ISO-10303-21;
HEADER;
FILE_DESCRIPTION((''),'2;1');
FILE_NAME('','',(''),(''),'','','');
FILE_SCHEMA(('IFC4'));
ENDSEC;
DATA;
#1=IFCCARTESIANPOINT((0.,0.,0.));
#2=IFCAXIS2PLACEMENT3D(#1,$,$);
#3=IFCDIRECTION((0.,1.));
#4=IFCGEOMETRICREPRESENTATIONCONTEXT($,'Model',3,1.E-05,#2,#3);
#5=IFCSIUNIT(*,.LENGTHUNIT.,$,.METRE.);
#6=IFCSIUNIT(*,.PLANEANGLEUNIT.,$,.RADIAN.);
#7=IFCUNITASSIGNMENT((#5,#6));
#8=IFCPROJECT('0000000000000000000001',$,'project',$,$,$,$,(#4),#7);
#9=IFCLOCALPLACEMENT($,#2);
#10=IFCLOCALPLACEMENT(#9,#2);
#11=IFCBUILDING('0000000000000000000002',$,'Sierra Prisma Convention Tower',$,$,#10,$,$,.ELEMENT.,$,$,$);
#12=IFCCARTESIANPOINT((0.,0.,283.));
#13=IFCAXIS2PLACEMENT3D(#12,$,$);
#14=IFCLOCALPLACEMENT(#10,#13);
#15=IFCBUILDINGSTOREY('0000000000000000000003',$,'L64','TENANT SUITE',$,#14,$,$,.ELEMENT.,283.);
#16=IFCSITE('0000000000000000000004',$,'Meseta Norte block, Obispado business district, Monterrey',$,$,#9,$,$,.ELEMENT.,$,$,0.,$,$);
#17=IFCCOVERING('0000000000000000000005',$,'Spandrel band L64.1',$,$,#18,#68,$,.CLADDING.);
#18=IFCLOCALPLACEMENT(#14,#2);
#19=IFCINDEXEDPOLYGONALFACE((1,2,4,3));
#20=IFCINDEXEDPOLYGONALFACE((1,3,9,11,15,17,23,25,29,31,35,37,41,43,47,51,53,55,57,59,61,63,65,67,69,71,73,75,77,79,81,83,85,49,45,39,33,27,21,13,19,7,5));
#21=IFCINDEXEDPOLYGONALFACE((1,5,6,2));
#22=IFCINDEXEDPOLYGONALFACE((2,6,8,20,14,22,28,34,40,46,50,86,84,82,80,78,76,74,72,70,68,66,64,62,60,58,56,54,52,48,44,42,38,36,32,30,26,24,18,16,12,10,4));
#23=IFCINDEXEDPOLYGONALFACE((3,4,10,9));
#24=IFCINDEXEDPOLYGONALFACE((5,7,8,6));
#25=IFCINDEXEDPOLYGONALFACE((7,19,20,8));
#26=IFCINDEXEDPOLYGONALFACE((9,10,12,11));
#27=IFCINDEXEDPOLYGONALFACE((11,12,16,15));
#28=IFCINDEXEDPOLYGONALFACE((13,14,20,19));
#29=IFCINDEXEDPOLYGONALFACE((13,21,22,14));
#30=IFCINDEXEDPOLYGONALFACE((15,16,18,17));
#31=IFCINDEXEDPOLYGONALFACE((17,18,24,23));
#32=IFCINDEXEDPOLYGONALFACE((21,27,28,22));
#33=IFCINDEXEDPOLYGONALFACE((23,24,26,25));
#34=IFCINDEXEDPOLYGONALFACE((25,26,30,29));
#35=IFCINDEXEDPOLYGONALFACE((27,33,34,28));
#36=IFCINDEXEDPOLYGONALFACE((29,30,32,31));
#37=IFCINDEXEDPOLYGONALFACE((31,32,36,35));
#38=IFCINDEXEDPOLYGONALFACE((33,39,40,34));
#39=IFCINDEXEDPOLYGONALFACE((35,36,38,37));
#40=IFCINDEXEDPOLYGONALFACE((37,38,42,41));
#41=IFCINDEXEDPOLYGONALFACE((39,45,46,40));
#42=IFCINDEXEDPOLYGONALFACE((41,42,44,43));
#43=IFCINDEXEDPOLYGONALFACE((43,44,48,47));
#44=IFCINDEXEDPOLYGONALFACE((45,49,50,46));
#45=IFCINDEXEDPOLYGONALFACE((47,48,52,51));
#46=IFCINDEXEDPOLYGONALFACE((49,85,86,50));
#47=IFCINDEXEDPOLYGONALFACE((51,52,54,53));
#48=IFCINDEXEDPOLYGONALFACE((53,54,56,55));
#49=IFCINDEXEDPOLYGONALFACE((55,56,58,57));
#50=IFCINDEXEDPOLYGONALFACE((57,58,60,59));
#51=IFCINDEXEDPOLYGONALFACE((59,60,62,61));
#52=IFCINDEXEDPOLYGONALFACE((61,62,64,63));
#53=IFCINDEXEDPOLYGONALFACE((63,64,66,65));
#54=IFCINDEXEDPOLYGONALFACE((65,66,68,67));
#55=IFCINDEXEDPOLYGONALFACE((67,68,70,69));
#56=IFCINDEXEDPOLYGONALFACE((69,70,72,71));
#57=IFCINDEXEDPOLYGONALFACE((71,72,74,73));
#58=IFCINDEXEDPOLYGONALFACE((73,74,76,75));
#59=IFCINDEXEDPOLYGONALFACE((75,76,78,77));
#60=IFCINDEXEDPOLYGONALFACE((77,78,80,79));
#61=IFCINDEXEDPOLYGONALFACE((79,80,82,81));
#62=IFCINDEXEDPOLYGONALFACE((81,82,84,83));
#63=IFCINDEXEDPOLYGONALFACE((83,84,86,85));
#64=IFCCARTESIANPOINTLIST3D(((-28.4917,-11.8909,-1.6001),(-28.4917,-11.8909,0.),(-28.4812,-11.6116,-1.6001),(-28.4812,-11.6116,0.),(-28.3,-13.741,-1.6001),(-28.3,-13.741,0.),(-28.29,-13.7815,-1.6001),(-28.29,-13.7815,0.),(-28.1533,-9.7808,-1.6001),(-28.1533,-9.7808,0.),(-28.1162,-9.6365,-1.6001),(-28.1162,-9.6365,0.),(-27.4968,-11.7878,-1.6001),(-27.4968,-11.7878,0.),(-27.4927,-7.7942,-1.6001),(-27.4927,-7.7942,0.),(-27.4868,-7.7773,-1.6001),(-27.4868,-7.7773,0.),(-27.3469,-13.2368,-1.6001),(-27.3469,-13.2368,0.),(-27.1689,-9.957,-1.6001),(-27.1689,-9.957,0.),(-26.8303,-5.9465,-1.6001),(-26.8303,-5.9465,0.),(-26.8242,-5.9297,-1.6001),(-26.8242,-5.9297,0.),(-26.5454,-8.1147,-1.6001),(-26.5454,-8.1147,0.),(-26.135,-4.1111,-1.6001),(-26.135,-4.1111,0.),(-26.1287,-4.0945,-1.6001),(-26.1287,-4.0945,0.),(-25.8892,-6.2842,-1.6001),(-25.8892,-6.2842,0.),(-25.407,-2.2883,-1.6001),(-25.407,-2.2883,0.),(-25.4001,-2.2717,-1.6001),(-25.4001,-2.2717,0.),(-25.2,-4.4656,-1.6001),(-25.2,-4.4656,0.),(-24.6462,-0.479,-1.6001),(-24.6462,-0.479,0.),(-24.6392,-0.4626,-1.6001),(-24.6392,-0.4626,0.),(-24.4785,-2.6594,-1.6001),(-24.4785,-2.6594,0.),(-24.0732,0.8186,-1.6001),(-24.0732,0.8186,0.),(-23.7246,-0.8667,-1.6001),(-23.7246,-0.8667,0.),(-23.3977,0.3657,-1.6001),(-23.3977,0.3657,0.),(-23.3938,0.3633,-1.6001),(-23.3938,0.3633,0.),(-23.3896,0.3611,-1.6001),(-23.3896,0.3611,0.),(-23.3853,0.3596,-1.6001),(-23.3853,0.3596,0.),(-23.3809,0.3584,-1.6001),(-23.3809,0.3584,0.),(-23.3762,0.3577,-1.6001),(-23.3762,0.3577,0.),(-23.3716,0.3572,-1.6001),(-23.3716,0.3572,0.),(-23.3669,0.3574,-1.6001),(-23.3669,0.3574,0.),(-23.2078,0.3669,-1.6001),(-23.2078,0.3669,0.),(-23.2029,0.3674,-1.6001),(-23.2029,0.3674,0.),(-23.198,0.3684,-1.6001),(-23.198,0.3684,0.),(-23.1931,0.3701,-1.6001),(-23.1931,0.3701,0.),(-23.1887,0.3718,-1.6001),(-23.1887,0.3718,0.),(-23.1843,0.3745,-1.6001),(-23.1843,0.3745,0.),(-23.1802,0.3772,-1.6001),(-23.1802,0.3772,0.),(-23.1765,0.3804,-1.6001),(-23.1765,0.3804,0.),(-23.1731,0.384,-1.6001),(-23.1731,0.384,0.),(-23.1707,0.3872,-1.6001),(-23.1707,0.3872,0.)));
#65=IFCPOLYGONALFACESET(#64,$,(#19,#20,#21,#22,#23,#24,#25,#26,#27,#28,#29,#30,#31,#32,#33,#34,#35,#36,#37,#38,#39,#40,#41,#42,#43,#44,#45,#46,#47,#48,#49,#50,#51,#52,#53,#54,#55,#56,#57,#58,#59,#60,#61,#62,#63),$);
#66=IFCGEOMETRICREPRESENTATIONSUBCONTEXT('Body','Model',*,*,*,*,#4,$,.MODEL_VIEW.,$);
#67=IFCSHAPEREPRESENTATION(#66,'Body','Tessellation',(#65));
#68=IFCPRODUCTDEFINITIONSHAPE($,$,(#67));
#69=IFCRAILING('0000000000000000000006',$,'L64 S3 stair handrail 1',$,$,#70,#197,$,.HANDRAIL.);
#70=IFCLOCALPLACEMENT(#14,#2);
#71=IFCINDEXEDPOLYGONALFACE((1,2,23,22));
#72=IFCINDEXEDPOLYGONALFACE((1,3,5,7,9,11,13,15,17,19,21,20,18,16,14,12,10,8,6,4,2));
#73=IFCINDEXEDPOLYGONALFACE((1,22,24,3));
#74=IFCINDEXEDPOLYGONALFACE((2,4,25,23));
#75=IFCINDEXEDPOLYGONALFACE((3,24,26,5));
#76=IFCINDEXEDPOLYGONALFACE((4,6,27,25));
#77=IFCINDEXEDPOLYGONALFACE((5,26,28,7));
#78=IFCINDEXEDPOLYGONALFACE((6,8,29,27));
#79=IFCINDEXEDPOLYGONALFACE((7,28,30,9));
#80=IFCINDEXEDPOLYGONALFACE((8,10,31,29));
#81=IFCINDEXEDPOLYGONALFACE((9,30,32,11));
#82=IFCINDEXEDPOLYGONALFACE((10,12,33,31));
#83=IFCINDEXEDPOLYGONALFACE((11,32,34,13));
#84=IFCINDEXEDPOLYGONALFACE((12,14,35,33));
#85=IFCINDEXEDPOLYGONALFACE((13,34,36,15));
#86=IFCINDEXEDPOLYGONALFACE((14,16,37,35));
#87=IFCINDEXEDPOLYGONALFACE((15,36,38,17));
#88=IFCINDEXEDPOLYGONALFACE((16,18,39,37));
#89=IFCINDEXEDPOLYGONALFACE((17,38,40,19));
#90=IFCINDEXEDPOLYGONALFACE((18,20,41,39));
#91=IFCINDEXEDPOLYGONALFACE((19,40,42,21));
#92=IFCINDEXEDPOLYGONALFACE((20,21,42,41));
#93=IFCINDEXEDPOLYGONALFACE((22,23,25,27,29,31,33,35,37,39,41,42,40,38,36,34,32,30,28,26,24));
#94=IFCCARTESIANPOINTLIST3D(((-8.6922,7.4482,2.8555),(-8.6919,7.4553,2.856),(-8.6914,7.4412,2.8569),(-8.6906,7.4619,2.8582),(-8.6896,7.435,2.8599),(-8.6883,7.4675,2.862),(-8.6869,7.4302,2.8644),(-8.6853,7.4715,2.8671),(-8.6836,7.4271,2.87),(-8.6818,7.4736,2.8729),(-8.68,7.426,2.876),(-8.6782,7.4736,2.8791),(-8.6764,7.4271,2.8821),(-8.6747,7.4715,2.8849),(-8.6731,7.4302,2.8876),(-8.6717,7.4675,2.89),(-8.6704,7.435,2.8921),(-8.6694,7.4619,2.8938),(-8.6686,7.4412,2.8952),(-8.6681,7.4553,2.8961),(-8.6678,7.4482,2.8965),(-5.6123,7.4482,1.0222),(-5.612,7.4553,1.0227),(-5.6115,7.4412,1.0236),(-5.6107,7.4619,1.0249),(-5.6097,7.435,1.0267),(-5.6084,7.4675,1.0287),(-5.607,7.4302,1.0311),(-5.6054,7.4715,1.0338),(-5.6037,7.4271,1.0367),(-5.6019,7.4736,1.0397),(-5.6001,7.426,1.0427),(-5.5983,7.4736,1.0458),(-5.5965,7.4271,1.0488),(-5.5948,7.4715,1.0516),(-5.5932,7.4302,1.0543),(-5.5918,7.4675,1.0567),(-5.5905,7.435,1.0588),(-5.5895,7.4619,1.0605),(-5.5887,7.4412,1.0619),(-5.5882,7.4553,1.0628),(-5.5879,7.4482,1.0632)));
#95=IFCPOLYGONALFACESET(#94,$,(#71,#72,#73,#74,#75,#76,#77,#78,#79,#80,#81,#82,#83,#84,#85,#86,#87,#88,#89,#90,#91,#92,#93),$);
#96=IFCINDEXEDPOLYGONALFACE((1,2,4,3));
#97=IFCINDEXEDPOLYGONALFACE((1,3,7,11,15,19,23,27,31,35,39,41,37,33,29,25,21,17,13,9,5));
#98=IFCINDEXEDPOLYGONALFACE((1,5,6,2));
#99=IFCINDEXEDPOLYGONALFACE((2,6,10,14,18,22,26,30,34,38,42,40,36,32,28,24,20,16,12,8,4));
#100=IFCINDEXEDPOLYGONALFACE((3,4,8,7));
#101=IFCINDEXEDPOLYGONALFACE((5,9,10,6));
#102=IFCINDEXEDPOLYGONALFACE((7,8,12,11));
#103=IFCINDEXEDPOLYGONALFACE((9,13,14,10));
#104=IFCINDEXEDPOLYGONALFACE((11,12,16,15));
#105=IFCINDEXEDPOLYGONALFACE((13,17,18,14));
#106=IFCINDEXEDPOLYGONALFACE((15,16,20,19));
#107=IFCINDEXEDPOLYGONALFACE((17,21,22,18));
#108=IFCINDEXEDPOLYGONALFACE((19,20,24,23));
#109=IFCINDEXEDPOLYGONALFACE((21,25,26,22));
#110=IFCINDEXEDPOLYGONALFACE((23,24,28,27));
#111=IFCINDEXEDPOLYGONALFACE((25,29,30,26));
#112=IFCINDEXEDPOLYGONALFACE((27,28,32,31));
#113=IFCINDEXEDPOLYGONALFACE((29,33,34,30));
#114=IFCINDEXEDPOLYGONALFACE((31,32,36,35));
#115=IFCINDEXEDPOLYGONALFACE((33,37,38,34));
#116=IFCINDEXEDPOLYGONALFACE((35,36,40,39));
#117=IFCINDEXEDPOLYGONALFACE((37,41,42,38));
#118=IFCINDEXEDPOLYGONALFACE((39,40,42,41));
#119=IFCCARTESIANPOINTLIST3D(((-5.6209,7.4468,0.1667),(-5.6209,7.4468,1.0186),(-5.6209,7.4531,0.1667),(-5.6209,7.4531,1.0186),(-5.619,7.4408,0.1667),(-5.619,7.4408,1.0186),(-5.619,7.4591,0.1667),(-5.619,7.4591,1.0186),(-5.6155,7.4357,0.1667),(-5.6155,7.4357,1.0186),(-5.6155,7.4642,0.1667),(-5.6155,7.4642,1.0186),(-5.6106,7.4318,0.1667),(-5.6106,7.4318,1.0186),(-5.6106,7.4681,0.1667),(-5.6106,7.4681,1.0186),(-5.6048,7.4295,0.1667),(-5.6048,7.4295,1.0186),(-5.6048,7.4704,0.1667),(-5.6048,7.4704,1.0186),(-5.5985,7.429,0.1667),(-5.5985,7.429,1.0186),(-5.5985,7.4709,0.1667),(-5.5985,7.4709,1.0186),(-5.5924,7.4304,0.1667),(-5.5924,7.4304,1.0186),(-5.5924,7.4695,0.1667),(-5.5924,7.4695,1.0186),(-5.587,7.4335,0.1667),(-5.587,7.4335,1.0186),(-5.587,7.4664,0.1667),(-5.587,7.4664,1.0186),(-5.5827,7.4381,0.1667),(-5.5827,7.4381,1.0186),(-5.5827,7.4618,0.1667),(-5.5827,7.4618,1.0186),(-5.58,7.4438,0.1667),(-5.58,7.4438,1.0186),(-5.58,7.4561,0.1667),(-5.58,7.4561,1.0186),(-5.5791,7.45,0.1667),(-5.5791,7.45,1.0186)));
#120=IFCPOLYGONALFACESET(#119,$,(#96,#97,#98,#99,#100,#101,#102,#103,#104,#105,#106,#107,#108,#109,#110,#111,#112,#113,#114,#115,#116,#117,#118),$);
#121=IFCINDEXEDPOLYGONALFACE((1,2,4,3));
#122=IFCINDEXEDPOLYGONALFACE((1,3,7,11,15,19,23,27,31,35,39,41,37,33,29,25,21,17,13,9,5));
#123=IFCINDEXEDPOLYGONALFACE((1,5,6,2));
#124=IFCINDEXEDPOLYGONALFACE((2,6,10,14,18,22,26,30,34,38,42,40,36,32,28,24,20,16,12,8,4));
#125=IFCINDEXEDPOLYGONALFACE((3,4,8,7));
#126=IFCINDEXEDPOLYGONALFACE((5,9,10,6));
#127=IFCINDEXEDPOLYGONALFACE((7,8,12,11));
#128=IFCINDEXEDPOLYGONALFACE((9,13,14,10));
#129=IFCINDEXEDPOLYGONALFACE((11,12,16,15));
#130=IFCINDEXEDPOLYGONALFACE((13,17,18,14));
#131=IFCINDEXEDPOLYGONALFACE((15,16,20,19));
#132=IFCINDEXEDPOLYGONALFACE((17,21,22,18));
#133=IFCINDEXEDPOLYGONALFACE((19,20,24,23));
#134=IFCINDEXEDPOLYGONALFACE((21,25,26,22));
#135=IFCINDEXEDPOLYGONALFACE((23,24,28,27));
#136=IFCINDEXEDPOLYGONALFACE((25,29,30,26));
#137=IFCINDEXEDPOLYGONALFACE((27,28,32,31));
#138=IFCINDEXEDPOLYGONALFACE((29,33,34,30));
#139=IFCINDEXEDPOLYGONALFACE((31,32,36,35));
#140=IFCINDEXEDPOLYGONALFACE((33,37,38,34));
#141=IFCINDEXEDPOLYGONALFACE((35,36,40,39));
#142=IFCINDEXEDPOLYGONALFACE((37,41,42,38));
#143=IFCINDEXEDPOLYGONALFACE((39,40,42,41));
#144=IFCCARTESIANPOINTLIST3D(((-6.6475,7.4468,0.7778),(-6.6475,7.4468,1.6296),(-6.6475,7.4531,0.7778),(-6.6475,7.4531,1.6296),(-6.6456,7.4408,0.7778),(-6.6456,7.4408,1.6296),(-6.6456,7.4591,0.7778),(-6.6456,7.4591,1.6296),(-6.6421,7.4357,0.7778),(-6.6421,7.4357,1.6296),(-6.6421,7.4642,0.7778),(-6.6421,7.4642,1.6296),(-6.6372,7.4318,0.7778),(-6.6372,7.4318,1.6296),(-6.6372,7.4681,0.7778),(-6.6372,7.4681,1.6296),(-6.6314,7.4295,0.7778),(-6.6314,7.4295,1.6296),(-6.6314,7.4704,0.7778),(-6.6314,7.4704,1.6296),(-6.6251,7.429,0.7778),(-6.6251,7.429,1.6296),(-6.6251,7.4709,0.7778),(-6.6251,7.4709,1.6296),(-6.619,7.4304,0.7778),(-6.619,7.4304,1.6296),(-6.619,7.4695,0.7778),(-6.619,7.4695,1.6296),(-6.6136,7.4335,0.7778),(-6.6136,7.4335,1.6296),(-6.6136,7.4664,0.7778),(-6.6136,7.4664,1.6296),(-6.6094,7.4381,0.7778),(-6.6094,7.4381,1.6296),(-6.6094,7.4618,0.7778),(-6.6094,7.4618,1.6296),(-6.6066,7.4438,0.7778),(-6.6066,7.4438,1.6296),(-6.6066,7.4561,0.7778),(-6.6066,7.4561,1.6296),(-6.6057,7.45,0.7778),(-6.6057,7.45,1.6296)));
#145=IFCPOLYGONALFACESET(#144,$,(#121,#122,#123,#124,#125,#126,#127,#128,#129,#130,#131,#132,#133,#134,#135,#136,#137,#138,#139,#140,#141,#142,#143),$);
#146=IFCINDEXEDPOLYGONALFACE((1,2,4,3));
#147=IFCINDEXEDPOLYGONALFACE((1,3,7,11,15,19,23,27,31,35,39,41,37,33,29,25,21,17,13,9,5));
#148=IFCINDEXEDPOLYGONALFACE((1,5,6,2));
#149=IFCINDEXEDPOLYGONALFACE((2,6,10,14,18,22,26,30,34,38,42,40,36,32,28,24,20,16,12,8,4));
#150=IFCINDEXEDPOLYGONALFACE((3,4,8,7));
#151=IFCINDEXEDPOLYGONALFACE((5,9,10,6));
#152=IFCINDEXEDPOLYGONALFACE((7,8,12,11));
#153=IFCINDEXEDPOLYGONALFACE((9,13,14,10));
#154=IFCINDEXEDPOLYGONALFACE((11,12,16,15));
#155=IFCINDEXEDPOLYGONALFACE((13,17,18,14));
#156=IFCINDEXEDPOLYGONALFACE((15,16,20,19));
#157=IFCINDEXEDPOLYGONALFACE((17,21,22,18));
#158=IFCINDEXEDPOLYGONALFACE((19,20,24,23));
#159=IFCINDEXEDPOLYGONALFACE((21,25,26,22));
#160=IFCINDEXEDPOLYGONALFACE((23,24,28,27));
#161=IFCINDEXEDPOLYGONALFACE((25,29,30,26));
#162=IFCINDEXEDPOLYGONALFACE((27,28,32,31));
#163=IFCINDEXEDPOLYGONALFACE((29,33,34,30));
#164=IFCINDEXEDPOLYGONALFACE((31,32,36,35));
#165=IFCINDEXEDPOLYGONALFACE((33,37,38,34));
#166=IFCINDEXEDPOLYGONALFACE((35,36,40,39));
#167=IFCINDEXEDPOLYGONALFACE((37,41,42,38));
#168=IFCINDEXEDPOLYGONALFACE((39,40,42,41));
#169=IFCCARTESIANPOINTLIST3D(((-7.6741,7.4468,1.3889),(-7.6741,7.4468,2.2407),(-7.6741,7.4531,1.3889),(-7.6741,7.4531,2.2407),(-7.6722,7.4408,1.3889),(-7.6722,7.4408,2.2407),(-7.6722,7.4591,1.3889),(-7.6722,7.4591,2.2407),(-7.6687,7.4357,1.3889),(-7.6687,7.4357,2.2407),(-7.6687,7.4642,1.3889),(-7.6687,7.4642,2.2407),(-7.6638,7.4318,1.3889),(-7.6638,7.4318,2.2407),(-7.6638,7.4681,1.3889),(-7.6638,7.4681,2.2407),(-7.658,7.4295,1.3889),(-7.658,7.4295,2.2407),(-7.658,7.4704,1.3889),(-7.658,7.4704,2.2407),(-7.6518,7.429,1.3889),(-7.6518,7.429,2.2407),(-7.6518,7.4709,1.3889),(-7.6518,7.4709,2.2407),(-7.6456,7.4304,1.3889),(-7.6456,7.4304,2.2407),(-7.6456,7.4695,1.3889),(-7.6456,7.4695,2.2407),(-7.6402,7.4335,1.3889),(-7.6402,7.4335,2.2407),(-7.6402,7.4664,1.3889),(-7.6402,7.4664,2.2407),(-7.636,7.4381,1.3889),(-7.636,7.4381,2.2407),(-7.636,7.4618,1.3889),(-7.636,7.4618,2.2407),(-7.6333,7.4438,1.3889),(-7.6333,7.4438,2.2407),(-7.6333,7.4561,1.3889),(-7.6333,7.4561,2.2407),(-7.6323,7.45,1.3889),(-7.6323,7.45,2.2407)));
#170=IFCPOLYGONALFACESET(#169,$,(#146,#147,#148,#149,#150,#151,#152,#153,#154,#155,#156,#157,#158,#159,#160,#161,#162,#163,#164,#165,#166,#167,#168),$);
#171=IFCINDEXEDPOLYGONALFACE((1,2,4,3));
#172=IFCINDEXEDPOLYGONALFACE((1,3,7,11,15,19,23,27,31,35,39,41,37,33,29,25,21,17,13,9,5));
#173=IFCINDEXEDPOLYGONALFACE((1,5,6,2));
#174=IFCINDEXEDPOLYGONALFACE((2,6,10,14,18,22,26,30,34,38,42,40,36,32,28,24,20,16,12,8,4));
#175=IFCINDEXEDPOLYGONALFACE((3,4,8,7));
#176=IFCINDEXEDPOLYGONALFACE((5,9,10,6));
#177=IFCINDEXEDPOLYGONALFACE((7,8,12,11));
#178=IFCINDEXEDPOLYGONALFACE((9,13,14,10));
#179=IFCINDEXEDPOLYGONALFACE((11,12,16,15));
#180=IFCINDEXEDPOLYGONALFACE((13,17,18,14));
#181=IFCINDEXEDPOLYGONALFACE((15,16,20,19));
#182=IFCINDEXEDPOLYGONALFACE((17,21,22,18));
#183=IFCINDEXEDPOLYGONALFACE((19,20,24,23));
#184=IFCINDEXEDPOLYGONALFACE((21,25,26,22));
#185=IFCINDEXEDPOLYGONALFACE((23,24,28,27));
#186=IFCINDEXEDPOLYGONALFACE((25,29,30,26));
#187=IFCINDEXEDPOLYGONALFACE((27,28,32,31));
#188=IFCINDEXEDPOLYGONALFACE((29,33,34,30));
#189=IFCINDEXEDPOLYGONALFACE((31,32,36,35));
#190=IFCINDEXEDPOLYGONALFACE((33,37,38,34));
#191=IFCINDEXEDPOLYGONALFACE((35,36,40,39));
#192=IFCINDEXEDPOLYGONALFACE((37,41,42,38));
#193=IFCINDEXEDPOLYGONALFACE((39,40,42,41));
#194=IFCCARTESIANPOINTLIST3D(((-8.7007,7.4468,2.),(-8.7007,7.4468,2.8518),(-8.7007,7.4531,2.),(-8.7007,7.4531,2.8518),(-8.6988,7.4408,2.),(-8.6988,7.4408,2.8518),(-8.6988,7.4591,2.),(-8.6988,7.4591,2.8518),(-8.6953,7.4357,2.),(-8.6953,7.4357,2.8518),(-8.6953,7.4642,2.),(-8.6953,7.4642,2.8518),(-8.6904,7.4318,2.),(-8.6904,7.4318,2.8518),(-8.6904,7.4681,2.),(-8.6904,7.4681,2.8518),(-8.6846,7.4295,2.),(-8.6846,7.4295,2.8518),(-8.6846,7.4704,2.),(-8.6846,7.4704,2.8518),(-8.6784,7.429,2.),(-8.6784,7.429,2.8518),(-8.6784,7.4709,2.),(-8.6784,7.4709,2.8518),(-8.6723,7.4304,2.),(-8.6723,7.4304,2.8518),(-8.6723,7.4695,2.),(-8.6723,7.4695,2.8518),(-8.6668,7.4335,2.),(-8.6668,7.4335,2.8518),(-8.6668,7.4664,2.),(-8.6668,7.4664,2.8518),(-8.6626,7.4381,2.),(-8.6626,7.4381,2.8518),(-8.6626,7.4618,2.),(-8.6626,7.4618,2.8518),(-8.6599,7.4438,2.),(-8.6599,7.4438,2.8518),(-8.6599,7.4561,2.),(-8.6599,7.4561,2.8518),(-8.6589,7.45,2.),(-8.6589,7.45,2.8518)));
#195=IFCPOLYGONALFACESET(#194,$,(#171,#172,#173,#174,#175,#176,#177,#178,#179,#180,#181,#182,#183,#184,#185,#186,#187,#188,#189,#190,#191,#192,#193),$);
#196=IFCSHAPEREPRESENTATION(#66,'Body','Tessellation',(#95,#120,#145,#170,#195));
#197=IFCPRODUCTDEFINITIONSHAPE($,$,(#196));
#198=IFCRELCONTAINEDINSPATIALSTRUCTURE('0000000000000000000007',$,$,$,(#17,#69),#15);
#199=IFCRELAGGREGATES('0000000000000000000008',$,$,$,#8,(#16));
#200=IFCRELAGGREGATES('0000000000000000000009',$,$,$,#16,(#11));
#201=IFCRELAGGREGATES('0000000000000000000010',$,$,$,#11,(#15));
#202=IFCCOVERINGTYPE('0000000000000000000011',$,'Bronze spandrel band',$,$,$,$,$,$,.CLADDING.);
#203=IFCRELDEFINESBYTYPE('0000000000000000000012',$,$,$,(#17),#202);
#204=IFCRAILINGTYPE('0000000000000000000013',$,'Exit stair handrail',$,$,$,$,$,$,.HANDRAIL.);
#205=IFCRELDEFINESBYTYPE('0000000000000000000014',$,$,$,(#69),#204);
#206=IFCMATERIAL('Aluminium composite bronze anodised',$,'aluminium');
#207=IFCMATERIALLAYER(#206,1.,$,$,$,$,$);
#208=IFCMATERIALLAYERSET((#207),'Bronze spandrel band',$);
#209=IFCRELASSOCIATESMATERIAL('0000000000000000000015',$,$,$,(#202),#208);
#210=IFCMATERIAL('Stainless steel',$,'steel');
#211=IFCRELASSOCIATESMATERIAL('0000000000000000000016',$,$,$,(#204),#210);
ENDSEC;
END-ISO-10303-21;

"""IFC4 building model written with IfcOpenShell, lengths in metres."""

from ifc_helpers import new_model, si_unit, direction, frame, origin, origin_2d, place, context, subcontext, project, spatial, polyline, circle, outline, extrude, material, layer, layer_set, type_object, element, save


model = new_model("IFC4")

# Units and contexts
model_context = context("Model", 3, precision=1e-05, world=origin(), true_north=direction((0.0, 1.0)))
body_context = subcontext(model_context, "Body", "Model", "MODEL_VIEW")
ifc_project = project(units=[si_unit("LENGTHUNIT", "METRE"), si_unit("PLANEANGLEUNIT", "RADIAN")], contexts=[model_context])

# Site, building, storey
site_placement = place(None, origin())
site = spatial("IfcSite", under=ifc_project, at=site_placement, Name="Meseta Norte block, Obispado business district, Monterrey", CompositionType="ELEMENT", RefElevation=0.0)
building_placement = place(site_placement, origin())
building = spatial("IfcBuilding", under=site, at=building_placement, Name="Sierra Prisma Convention Tower", CompositionType="ELEMENT")
storey_placement = place(building_placement, frame((0.0, 0.0, 283.0)))
storey = spatial("IfcBuildingStorey", under=building, at=storey_placement, Name="L64", Description="TENANT SUITE", CompositionType="ELEMENT", Elevation=283.0)

# Covering
ifc_material_1 = material(Name="Aluminium composite bronze anodised", Category="aluminium")
ifc_layer_1 = layer(ifc_material_1, 1.0)
ifc_layer_set_1 = layer_set([ifc_layer_1], Name="Bronze spandrel band")
covering_type = type_object("IfcCoveringType", Name="Bronze spandrel band", PredefinedType="CLADDING", material=ifc_layer_set_1)
covering_1_placement = place(storey_placement, frame((0.0, 0.0, -1.6001)))
element("IfcCovering", 1, at=covering_1_placement, inside=storey, type_object=covering_type, Name="Spandrel band L64.1", PredefinedType="CLADDING", context=body_context, shape_type="SweptSolid", body=[
    extrude(outline(polyline([(-24.6462, -0.479), (-24.6392, -0.4626), (-24.0732, 0.8186), (-23.3977, 0.3657), (-23.3938, 0.3633), (-23.3896, 0.3611), (-23.3853, 0.3596), (-23.3809, 0.3584), (-23.3762, 0.3577), (-23.3716, 0.3572), (-23.3669, 0.3574), (-23.2078, 0.3669), (-23.2029, 0.3674), (-23.198, 0.3684), (-23.1931, 0.3701), (-23.1887, 0.3718), (-23.1843, 0.3745), (-23.1802, 0.3772), (-23.1765, 0.3804), (-23.1731, 0.384), (-23.1707, 0.3872), (-23.7246, -0.8667), (-24.4785, -2.6594), (-25.2, -4.4656), (-25.8892, -6.2842), (-26.5454, -8.1147), (-27.1689, -9.957), (-27.4968, -11.7878), (-27.3469, -13.2368), (-28.29, -13.7815), (-28.3, -13.741), (-28.4917, -11.8909), (-28.4812, -11.6116), (-28.1533, -9.7808), (-28.1162, -9.6365), (-27.4927, -7.7942), (-27.4868, -7.7773), (-26.8303, -5.9465), (-26.8242, -5.9297), (-26.135, -4.1111), (-26.1287, -4.0945), (-25.407, -2.2883), (-25.4001, -2.2717), (-24.6462, -0.479)])), origin(), (0.0, 0.0, 1.0), 1.6001),
])

# Railing
ifc_material_2 = material(Name="Stainless steel", Category="steel")
railing_type_1 = type_object("IfcRailingType", Name="Exit stair handrail", PredefinedType="HANDRAIL", material=ifc_material_2)
railing_1_placement = place(storey_placement, frame((-5.6001, 7.45, 0.1667)))
element("IfcRailing", 2, at=railing_1_placement, inside=storey, type_object=railing_type_1, Name="L64 S3 stair handrail 1", PredefinedType="HANDRAIL", context=body_context, shape_type="SweptSolid", body=[
    extrude(circle(Radius=0.0239, at=origin_2d()), frame((0.0, 0.0, 0.876), z_axis=(-0.859291, 0.0, 0.511487), x_axis=(0.0, -1.0, 0.0)), (0.0, 0.0, 1.0), 3.5842),
    extrude(circle(Radius=0.021, at=origin_2d()), origin(), (0.0, 0.0, 1.0), 0.8518),
    extrude(circle(Radius=0.021, at=origin_2d()), frame((-1.0266, 0.0, 0.6111)), (0.0, 0.0, 1.0), 0.8518),
    extrude(circle(Radius=0.021, at=origin_2d()), frame((-2.0532, 0.0, 1.2222)), (0.0, 0.0, 1.0), 0.8518),
    extrude(circle(Radius=0.021, at=origin_2d()), frame((-3.0798, 0.0, 1.8333)), (0.0, 0.0, 1.0), 0.8518),
])

save(model, "model.ifc")
